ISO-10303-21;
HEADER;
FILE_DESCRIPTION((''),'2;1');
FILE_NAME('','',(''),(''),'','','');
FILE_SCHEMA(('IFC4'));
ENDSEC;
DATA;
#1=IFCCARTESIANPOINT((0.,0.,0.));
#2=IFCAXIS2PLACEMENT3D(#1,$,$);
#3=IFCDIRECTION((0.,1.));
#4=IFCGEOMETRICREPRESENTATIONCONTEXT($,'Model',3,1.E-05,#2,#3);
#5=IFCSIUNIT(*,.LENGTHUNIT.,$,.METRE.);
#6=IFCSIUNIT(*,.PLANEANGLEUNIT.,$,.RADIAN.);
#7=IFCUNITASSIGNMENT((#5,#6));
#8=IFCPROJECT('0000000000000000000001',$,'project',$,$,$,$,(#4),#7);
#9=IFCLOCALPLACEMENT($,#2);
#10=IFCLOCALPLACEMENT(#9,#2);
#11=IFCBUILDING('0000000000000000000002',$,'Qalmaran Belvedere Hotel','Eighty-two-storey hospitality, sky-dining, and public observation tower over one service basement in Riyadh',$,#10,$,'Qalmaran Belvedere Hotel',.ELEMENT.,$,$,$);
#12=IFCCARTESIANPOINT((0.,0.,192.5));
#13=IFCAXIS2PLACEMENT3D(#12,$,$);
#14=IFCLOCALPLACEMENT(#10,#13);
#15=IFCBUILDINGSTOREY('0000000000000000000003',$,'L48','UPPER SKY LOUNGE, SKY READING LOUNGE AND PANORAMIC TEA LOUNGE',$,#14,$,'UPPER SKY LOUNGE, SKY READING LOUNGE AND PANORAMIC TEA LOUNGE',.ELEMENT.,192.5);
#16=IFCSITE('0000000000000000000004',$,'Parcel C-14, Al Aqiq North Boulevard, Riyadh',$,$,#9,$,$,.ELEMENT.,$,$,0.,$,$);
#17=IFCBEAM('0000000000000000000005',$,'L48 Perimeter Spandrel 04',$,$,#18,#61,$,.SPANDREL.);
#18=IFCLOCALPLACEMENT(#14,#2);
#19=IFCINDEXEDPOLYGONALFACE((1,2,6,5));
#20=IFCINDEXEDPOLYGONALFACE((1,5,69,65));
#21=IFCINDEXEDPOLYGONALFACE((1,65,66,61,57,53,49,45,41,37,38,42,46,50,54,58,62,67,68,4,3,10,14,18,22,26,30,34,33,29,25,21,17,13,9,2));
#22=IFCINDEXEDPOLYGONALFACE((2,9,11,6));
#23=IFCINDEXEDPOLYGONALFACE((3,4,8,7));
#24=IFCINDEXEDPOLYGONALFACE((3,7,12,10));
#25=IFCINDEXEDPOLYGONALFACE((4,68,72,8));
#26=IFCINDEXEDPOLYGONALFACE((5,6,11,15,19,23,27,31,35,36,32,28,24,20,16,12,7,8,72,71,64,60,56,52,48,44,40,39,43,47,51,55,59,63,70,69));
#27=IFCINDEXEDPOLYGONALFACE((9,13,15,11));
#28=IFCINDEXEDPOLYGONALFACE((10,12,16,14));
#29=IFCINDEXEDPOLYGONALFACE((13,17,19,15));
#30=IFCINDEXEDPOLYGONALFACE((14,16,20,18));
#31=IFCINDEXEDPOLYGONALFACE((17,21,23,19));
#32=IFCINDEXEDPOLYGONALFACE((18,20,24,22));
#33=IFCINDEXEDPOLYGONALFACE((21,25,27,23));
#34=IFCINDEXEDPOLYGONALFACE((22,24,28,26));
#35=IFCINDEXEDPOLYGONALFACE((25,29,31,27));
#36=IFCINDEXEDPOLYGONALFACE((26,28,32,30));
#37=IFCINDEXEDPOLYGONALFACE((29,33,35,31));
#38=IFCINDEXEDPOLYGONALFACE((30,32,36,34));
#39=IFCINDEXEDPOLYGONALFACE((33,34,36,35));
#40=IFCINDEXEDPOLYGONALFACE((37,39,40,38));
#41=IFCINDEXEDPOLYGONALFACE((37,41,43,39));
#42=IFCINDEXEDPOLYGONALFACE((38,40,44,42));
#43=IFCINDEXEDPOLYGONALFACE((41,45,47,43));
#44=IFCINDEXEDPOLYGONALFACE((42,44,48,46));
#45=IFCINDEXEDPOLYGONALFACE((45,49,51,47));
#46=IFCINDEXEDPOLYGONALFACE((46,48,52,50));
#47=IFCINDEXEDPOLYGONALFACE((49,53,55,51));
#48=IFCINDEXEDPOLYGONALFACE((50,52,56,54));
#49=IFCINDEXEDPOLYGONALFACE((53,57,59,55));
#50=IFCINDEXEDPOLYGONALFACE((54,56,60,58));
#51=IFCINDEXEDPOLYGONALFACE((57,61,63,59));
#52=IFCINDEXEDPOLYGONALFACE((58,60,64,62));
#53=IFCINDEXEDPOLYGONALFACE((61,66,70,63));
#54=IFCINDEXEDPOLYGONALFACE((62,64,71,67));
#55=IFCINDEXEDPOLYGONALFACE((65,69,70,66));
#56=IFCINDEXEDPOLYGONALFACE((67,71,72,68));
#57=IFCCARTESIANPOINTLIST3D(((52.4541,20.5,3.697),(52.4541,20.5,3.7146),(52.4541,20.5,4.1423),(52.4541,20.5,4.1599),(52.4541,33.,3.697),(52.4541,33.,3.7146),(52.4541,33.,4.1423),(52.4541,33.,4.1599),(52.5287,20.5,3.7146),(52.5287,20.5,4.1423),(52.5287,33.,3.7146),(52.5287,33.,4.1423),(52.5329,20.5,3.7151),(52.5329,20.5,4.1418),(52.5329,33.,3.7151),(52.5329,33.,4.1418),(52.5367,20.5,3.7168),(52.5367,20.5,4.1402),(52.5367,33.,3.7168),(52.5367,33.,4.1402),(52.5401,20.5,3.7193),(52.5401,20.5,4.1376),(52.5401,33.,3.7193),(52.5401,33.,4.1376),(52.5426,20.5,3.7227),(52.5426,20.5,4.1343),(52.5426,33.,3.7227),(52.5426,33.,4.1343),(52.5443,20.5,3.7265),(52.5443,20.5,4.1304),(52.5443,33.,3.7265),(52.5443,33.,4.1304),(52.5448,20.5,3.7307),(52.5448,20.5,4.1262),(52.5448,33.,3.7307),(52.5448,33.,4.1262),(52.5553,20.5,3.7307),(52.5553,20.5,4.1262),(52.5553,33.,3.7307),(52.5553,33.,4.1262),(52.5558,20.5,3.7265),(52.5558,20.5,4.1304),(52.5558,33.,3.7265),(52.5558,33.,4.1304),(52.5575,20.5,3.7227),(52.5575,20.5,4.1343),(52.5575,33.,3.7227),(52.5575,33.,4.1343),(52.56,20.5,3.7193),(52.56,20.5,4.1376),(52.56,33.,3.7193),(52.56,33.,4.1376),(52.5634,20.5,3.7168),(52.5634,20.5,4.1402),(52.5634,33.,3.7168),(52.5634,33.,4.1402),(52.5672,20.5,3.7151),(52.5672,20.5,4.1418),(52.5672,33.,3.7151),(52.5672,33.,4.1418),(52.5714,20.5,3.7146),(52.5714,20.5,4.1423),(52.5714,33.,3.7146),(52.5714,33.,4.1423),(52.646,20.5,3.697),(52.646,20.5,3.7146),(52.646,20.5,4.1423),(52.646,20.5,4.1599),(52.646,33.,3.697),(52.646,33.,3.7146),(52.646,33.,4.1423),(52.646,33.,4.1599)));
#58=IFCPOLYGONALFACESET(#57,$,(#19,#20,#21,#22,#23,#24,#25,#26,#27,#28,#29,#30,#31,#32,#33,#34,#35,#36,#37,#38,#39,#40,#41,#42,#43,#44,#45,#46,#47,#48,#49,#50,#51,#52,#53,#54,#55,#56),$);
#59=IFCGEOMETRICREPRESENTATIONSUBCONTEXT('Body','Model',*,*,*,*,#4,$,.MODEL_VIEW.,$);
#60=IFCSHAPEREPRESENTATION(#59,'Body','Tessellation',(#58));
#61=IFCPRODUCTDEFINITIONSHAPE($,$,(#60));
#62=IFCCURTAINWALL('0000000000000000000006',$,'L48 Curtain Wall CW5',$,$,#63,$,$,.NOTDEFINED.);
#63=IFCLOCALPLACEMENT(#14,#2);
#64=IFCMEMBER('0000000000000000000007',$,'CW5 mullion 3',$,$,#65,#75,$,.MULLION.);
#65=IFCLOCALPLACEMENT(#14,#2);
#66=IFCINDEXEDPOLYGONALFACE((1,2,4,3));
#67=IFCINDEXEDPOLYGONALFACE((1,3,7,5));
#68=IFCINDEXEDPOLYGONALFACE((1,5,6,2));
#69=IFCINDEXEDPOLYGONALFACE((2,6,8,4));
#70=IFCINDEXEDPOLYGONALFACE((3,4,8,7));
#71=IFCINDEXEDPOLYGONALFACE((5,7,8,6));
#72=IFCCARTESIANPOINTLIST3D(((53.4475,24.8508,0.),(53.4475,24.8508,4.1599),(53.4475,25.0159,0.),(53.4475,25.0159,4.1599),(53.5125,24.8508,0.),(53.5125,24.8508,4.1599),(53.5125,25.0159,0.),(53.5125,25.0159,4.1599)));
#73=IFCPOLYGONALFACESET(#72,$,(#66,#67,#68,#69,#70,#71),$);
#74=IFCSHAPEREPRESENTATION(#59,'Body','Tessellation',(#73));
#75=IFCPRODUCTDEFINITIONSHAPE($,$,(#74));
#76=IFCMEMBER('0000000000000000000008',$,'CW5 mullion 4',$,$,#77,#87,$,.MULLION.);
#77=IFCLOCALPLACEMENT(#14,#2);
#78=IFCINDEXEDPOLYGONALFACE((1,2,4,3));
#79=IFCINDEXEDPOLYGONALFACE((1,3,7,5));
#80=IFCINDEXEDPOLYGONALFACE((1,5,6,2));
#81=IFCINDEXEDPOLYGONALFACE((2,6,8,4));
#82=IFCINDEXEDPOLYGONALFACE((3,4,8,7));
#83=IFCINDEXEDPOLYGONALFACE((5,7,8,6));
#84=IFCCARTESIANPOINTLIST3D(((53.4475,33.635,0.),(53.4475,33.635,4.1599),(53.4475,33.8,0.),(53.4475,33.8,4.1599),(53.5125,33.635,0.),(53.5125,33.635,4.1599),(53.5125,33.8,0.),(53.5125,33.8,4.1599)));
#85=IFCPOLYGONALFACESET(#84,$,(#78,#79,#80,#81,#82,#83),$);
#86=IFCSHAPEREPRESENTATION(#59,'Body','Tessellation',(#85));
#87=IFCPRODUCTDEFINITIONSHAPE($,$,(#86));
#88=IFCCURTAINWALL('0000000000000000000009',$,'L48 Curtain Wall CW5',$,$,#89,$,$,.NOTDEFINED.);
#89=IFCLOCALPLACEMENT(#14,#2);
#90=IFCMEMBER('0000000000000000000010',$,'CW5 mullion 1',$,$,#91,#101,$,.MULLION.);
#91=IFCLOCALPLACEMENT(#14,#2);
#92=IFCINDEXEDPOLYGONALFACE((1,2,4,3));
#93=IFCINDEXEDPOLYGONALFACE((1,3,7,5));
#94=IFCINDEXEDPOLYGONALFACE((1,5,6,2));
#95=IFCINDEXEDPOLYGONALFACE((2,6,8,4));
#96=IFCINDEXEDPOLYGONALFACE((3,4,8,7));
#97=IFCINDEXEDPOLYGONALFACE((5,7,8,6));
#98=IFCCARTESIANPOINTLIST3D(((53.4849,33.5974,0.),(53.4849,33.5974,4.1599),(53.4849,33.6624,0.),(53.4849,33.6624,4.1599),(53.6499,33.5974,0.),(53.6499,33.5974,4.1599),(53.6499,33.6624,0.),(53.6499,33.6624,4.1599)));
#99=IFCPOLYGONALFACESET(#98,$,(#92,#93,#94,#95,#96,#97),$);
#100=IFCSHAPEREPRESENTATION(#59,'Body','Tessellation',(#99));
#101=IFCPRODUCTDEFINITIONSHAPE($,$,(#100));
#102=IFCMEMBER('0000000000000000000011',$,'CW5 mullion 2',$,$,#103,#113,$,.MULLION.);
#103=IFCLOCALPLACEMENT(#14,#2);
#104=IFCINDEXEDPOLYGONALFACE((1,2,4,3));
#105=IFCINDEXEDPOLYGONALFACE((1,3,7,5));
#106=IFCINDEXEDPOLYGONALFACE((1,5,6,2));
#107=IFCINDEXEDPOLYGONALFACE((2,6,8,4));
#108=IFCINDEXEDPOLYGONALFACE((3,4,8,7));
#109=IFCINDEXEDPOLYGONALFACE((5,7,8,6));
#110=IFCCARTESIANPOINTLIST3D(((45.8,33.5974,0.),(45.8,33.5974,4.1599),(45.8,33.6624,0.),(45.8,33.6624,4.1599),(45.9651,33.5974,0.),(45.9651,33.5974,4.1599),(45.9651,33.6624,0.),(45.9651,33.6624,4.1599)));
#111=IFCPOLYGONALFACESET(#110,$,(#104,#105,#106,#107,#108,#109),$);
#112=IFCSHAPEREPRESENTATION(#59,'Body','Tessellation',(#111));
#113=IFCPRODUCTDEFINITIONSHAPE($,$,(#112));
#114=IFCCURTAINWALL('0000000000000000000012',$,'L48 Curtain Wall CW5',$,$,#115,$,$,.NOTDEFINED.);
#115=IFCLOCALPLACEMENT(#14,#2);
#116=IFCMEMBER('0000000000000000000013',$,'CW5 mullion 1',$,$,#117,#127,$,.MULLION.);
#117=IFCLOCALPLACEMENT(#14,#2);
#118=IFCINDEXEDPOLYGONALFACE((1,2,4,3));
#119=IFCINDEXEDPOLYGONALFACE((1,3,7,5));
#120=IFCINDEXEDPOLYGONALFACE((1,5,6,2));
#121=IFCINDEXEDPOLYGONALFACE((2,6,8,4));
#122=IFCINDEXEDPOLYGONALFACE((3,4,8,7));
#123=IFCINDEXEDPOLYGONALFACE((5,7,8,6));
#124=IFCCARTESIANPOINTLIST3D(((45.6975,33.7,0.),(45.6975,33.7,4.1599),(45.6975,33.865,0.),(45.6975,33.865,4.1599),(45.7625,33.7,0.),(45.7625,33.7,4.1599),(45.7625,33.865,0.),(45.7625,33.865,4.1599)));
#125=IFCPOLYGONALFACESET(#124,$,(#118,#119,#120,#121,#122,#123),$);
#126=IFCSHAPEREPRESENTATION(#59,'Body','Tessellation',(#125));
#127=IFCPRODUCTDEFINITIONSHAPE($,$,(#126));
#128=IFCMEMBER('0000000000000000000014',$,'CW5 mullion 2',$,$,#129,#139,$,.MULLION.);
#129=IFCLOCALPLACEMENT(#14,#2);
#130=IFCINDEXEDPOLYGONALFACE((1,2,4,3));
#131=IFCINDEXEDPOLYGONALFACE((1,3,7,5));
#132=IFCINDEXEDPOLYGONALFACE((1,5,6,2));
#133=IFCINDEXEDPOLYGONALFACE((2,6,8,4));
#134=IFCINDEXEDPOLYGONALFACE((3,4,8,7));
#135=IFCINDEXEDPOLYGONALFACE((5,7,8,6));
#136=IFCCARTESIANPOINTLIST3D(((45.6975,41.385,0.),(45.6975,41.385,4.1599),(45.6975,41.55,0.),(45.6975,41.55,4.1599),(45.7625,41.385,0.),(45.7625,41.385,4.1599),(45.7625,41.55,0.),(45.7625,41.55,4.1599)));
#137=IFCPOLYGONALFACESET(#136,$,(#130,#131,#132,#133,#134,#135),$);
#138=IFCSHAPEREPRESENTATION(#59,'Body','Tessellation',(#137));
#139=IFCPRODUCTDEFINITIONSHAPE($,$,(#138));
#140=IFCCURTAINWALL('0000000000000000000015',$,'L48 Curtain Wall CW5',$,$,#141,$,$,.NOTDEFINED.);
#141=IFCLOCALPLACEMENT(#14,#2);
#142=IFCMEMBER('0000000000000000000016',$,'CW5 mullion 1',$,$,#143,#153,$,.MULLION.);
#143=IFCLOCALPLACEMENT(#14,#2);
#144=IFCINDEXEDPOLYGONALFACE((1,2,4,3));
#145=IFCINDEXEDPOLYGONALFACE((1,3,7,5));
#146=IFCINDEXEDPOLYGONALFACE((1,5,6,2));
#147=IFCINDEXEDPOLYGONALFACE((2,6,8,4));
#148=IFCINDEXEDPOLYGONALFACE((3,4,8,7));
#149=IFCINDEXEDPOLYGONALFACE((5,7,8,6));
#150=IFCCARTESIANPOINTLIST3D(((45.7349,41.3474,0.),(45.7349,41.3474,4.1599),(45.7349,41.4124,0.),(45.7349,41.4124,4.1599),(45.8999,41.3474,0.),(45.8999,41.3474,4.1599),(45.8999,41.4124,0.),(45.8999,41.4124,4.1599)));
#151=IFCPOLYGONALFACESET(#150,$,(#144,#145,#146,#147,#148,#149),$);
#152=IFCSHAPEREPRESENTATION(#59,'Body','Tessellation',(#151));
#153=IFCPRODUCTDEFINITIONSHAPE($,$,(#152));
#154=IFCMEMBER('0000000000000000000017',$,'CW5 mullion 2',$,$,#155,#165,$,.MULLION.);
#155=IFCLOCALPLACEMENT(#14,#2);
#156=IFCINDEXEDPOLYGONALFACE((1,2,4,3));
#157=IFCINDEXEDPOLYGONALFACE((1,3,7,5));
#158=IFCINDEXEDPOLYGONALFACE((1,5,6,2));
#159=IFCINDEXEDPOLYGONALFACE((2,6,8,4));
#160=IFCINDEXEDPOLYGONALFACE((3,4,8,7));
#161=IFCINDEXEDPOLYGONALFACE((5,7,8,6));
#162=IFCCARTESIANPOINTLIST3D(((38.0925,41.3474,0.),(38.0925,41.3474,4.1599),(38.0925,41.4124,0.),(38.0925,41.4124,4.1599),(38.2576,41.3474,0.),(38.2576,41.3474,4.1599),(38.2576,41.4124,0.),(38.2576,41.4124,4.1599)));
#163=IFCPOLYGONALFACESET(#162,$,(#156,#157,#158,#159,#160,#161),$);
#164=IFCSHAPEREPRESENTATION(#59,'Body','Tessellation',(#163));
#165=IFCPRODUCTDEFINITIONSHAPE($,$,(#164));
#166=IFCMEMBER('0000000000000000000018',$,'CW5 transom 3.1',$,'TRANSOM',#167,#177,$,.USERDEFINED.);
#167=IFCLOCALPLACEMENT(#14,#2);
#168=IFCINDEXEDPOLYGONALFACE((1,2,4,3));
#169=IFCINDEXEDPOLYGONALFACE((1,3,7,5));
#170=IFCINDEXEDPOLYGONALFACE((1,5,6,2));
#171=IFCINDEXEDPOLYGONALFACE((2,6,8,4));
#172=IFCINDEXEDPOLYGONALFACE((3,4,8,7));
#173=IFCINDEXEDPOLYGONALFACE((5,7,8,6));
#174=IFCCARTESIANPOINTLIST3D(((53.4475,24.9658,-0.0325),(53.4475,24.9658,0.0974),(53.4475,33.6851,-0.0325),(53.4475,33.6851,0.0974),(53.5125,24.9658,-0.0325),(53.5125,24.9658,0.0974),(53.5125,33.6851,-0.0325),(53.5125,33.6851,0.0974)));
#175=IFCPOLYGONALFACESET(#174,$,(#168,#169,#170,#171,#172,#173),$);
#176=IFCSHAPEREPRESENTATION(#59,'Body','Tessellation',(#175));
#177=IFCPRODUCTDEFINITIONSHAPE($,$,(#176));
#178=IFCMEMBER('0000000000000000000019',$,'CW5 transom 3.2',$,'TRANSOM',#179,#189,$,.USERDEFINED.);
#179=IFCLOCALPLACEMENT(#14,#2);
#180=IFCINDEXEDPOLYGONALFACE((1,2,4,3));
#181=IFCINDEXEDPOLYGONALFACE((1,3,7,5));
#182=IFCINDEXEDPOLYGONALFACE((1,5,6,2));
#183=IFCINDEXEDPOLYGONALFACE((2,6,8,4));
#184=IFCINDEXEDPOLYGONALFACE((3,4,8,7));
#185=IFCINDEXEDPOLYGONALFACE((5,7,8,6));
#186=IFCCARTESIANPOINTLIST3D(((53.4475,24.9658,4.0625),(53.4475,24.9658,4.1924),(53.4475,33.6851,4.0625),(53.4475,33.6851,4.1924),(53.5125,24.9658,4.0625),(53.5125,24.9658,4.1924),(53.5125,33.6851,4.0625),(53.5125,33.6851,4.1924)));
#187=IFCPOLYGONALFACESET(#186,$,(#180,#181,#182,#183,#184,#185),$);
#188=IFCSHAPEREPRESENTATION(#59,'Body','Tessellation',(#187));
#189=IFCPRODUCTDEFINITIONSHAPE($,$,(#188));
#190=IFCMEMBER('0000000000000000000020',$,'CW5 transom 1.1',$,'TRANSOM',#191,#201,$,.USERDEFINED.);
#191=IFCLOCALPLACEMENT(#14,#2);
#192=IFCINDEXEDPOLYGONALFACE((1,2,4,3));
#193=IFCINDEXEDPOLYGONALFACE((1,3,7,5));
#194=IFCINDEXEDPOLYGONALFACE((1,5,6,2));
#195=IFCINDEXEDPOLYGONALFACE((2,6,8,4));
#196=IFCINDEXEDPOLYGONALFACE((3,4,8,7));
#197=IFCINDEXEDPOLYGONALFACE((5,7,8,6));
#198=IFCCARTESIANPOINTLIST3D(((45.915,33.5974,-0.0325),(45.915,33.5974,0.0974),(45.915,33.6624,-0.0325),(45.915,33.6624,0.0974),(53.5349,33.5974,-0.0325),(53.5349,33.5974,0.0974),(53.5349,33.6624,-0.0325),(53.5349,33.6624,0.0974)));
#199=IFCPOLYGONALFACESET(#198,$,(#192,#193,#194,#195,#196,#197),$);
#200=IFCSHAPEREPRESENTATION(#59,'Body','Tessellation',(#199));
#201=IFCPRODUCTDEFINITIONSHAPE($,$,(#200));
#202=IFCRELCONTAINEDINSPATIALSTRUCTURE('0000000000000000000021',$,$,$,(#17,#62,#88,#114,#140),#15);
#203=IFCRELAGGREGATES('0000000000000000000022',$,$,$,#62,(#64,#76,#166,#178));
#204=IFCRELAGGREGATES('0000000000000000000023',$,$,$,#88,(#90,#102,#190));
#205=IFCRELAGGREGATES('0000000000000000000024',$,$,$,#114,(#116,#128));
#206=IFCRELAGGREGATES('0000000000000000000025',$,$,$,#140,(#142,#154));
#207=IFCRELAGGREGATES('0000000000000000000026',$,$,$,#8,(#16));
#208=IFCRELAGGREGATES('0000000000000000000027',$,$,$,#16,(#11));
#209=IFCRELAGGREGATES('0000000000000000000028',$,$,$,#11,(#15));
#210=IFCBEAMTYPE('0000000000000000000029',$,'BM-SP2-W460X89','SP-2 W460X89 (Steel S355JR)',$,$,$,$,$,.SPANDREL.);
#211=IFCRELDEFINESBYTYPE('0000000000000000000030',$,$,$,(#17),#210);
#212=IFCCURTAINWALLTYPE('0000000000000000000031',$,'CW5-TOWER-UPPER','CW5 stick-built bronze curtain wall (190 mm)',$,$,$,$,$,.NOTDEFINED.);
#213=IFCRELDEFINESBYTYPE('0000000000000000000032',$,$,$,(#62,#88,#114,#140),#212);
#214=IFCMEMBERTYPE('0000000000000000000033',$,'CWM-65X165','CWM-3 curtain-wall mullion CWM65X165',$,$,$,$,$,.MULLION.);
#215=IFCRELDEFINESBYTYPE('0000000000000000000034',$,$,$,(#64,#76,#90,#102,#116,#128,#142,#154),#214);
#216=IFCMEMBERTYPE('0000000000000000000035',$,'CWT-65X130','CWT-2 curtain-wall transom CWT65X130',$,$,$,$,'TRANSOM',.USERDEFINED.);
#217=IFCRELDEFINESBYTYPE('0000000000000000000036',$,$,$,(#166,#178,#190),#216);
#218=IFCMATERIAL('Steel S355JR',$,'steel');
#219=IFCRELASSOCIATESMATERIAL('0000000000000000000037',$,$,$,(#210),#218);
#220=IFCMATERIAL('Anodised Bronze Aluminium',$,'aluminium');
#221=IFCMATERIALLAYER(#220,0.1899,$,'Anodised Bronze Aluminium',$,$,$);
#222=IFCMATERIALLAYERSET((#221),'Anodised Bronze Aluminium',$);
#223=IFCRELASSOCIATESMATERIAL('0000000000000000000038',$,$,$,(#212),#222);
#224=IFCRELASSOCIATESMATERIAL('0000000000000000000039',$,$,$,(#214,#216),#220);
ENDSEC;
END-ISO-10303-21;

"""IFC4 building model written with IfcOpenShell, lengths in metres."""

from ifc_helpers import new_model, si_unit, direction, frame, origin, origin_2d, place, context, subcontext, project, spatial, rectangle, i_section, extrude, material, layer, layer_set, material_profile, profile_set, type_object, element, aggregate, save


model = new_model("IFC4")

# Units and contexts
model_context = context("Model", 3, precision=1e-05, world=origin(), true_north=direction((0.0, 1.0)))
body_context = subcontext(model_context, "Body", "Model", "MODEL_VIEW")
ifc_project = project(units=[si_unit("LENGTHUNIT", "METRE"), si_unit("PLANEANGLEUNIT", "RADIAN")], contexts=[model_context])

# Site, building, storey
site_placement = place(None, origin())
site = spatial("IfcSite", under=ifc_project, at=site_placement, Name="Parcel C-14, Al Aqiq North Boulevard, Riyadh", CompositionType="ELEMENT", RefElevation=0.0)
building_placement = place(site_placement, origin())
building = spatial("IfcBuilding", under=site, at=building_placement, Name="Qalmaran Belvedere Hotel", Description="Eighty-two-storey hospitality, sky-dining, and public observation tower over one service basement in Riyadh", LongName="Qalmaran Belvedere Hotel", CompositionType="ELEMENT")
storey_placement = place(building_placement, frame((0.0, 0.0, 192.5)))
storey = spatial("IfcBuildingStorey", under=building, at=storey_placement, Name="L48", Description="UPPER SKY LOUNGE, SKY READING LOUNGE AND PANORAMIC TEA LOUNGE", LongName="UPPER SKY LOUNGE, SKY READING LOUNGE AND PANORAMIC TEA LOUNGE", CompositionType="ELEMENT", Elevation=192.5)

# Beam
ifc_material_1 = material(Name="Steel S355JR", Category="steel")
ifc_material_profile_1 = material_profile(ifc_material_1, i_section(OverallWidth=0.1919, OverallDepth=0.4629, WebThickness=0.0105, FlangeThickness=0.0176, FilletRadius=0.0161, at=origin_2d()), Name="W460X89")
ifc_profile_set_1 = profile_set([ifc_material_profile_1], Name="Steel S355JR")
beam_type_1 = type_object("IfcBeamType", Name="BM-SP2-W460X89", Description="SP-2 W460X89 (Steel S355JR)", PredefinedType="SPANDREL", material=ifc_profile_set_1)
beam_1_placement = place(storey_placement, frame((52.55, 20.5, 3.9285), z_axis=(0.0, 1.0, 0.0), x_axis=(-1.0, 0.0, 0.0)))
element("IfcBeam", 1, at=beam_1_placement, inside=storey, type_object=beam_type_1, Name="L48 Perimeter Spandrel 04", PredefinedType="SPANDREL", context=body_context, shape_type="SweptSolid", body=[
    extrude(i_section(OverallWidth=0.1919, OverallDepth=0.4629, WebThickness=0.0105, FlangeThickness=0.0176, FilletRadius=0.0161, at=origin_2d()), origin(), (0.0, 0.0, 1.0), 12.5),
])

# Curtain walls, members
ifc_material_2 = material(Name="Anodised Bronze Aluminium", Category="aluminium")
ifc_layer_1 = layer(ifc_material_2, 0.1899, Name="Anodised Bronze Aluminium")
ifc_layer_set_1 = layer_set([ifc_layer_1], Name="Anodised Bronze Aluminium")
curtain_wall_type = type_object("IfcCurtainWallType", Name="CW5-TOWER-UPPER", Description="CW5 stick-built bronze curtain wall (190 mm)", PredefinedType="NOTDEFINED", material=ifc_layer_set_1)
curtain_wall_1_placement = place(storey_placement, origin())
curtain_wall_1 = element("IfcCurtainWall", 2, at=curtain_wall_1_placement, inside=storey, type_object=curtain_wall_type, Name="L48 Curtain Wall CW5", PredefinedType="NOTDEFINED")
ifc_material_profile_2 = material_profile(ifc_material_2, rectangle(XDim=0.0649, YDim=0.165, at=origin_2d()), Name="CWM65X165")
ifc_profile_set_2 = profile_set([ifc_material_profile_2], Name="Anodised Bronze Aluminium")
member_type_1 = type_object("IfcMemberType", Name="CWM-65X165", Description="CWM-3 curtain-wall mullion CWM65X165", PredefinedType="MULLION", material=ifc_profile_set_2)
member_1_placement = place(storey_placement, frame((53.48, 24.9333, 0.0), z_axis=(0.0, 0.0, 1.0), x_axis=(-1.0, 0.0, 0.0)))
member_1 = element("IfcMember", 3, at=member_1_placement, type_object=member_type_1, Name="CW5 mullion 3", PredefinedType="MULLION", context=body_context, shape_type="SweptSolid", body=[
    extrude(rectangle(XDim=0.0649, YDim=0.165, at=origin_2d()), origin(), (0.0, 0.0, 1.0), 4.1599),
])
member_2_placement = place(storey_placement, frame((53.48, 33.7175, 0.0), z_axis=(0.0, 0.0, 1.0), x_axis=(-1.0, 0.0, 0.0)))
member_2 = element("IfcMember", 4, at=member_2_placement, type_object=member_type_1, Name="CW5 mullion 4", PredefinedType="MULLION", context=body_context, shape_type="SweptSolid", body=[
    extrude(rectangle(XDim=0.0649, YDim=0.165, at=origin_2d()), origin(), (0.0, 0.0, 1.0), 4.1599),
])
curtain_wall_2_placement = place(storey_placement, origin())
curtain_wall_2 = element("IfcCurtainWall", 5, at=curtain_wall_2_placement, inside=storey, type_object=curtain_wall_type, Name="L48 Curtain Wall CW5", PredefinedType="NOTDEFINED")
member_3_placement = place(storey_placement, frame((53.5674, 33.6299, 0.0), z_axis=(0.0, 0.0, 1.0), x_axis=(0.0, -1.0, 0.0)))
member_3 = element("IfcMember", 6, at=member_3_placement, type_object=member_type_1, Name="CW5 mullion 1", PredefinedType="MULLION", context=body_context, shape_type="SweptSolid", body=[
    extrude(rectangle(XDim=0.0649, YDim=0.165, at=origin_2d()), origin(), (0.0, 0.0, 1.0), 4.1599),
])
member_4_placement = place(storey_placement, frame((45.8826, 33.6299, 0.0), z_axis=(0.0, 0.0, 1.0), x_axis=(0.0, -1.0, 0.0)))
member_4 = element("IfcMember", 7, at=member_4_placement, type_object=member_type_1, Name="CW5 mullion 2", PredefinedType="MULLION", context=body_context, shape_type="SweptSolid", body=[
    extrude(rectangle(XDim=0.0649, YDim=0.165, at=origin_2d()), origin(), (0.0, 0.0, 1.0), 4.1599),
])
curtain_wall_3_placement = place(storey_placement, origin())
curtain_wall_3 = element("IfcCurtainWall", 8, at=curtain_wall_3_placement, inside=storey, type_object=curtain_wall_type, Name="L48 Curtain Wall CW5", PredefinedType="NOTDEFINED")
member_5_placement = place(storey_placement, frame((45.73, 33.7825, 0.0), z_axis=(0.0, 0.0, 1.0), x_axis=(-1.0, 0.0, 0.0)))
member_5 = element("IfcMember", 9, at=member_5_placement, type_object=member_type_1, Name="CW5 mullion 1", PredefinedType="MULLION", context=body_context, shape_type="SweptSolid", body=[
    extrude(rectangle(XDim=0.0649, YDim=0.165, at=origin_2d()), origin(), (0.0, 0.0, 1.0), 4.1599),
])
member_6_placement = place(storey_placement, frame((45.73, 41.4675, 0.0), z_axis=(0.0, 0.0, 1.0), x_axis=(-1.0, 0.0, 0.0)))
member_6 = element("IfcMember", 10, at=member_6_placement, type_object=member_type_1, Name="CW5 mullion 2", PredefinedType="MULLION", context=body_context, shape_type="SweptSolid", body=[
    extrude(rectangle(XDim=0.0649, YDim=0.165, at=origin_2d()), origin(), (0.0, 0.0, 1.0), 4.1599),
])
curtain_wall_4_placement = place(storey_placement, origin())
curtain_wall_4 = element("IfcCurtainWall", 11, at=curtain_wall_4_placement, inside=storey, type_object=curtain_wall_type, Name="L48 Curtain Wall CW5", PredefinedType="NOTDEFINED")
member_7_placement = place(storey_placement, frame((45.8174, 41.3799, 0.0), z_axis=(0.0, 0.0, 1.0), x_axis=(0.0, -1.0, 0.0)))
member_7 = element("IfcMember", 12, at=member_7_placement, type_object=member_type_1, Name="CW5 mullion 1", PredefinedType="MULLION", context=body_context, shape_type="SweptSolid", body=[
    extrude(rectangle(XDim=0.0649, YDim=0.165, at=origin_2d()), origin(), (0.0, 0.0, 1.0), 4.1599),
])
member_8_placement = place(storey_placement, frame((38.175, 41.3799, 0.0), z_axis=(0.0, 0.0, 1.0), x_axis=(0.0, -1.0, 0.0)))
member_8 = element("IfcMember", 13, at=member_8_placement, type_object=member_type_1, Name="CW5 mullion 2", PredefinedType="MULLION", context=body_context, shape_type="SweptSolid", body=[
    extrude(rectangle(XDim=0.0649, YDim=0.165, at=origin_2d()), origin(), (0.0, 0.0, 1.0), 4.1599),
])

# Members
ifc_material_profile_3 = material_profile(ifc_material_2, rectangle(XDim=0.0649, YDim=0.1299, at=origin_2d()), Name="CWT65X130")
ifc_profile_set_3 = profile_set([ifc_material_profile_3], Name="Anodised Bronze Aluminium")
member_type_2 = type_object("IfcMemberType", Name="CWT-65X130", Description="CWT-2 curtain-wall transom CWT65X130", ElementType="TRANSOM", PredefinedType="USERDEFINED", material=ifc_profile_set_3)
member_9_placement = place(storey_placement, frame((53.48, 24.9658, 0.0325), z_axis=(0.0, 1.0, 0.0), x_axis=(-1.0, 0.0, 0.0)))
member_9 = element("IfcMember", 14, at=member_9_placement, type_object=member_type_2, Name="CW5 transom 3.1", ObjectType="TRANSOM", PredefinedType="USERDEFINED", context=body_context, shape_type="SweptSolid", body=[
    extrude(rectangle(XDim=0.0649, YDim=0.1299, at=origin_2d()), origin(), (0.0, 0.0, 1.0), 8.7192),
])
member_10_placement = place(storey_placement, frame((53.48, 24.9658, 4.1274), z_axis=(0.0, 1.0, 0.0), x_axis=(-1.0, 0.0, 0.0)))
member_10 = element("IfcMember", 15, at=member_10_placement, type_object=member_type_2, Name="CW5 transom 3.2", ObjectType="TRANSOM", PredefinedType="USERDEFINED", context=body_context, shape_type="SweptSolid", body=[
    extrude(rectangle(XDim=0.0649, YDim=0.1299, at=origin_2d()), origin(), (0.0, 0.0, 1.0), 8.7192),
])
member_11_placement = place(storey_placement, frame((53.5349, 33.6299, 0.0325), z_axis=(-1.0, 0.0, 0.0), x_axis=(0.0, -1.0, 0.0)))
member_11 = element("IfcMember", 16, at=member_11_placement, type_object=member_type_2, Name="CW5 transom 1.1", ObjectType="TRANSOM", PredefinedType="USERDEFINED", context=body_context, shape_type="SweptSolid", body=[
    extrude(rectangle(XDim=0.0649, YDim=0.1299, at=origin_2d()), origin(), (0.0, 0.0, 1.0), 7.6199),
])

aggregate(curtain_wall_1, [member_1, member_2, member_9, member_10])
aggregate(curtain_wall_2, [member_3, member_4, member_11])
aggregate(curtain_wall_3, [member_5, member_6])
aggregate(curtain_wall_4, [member_7, member_8])

save(model, "model.ifc")
